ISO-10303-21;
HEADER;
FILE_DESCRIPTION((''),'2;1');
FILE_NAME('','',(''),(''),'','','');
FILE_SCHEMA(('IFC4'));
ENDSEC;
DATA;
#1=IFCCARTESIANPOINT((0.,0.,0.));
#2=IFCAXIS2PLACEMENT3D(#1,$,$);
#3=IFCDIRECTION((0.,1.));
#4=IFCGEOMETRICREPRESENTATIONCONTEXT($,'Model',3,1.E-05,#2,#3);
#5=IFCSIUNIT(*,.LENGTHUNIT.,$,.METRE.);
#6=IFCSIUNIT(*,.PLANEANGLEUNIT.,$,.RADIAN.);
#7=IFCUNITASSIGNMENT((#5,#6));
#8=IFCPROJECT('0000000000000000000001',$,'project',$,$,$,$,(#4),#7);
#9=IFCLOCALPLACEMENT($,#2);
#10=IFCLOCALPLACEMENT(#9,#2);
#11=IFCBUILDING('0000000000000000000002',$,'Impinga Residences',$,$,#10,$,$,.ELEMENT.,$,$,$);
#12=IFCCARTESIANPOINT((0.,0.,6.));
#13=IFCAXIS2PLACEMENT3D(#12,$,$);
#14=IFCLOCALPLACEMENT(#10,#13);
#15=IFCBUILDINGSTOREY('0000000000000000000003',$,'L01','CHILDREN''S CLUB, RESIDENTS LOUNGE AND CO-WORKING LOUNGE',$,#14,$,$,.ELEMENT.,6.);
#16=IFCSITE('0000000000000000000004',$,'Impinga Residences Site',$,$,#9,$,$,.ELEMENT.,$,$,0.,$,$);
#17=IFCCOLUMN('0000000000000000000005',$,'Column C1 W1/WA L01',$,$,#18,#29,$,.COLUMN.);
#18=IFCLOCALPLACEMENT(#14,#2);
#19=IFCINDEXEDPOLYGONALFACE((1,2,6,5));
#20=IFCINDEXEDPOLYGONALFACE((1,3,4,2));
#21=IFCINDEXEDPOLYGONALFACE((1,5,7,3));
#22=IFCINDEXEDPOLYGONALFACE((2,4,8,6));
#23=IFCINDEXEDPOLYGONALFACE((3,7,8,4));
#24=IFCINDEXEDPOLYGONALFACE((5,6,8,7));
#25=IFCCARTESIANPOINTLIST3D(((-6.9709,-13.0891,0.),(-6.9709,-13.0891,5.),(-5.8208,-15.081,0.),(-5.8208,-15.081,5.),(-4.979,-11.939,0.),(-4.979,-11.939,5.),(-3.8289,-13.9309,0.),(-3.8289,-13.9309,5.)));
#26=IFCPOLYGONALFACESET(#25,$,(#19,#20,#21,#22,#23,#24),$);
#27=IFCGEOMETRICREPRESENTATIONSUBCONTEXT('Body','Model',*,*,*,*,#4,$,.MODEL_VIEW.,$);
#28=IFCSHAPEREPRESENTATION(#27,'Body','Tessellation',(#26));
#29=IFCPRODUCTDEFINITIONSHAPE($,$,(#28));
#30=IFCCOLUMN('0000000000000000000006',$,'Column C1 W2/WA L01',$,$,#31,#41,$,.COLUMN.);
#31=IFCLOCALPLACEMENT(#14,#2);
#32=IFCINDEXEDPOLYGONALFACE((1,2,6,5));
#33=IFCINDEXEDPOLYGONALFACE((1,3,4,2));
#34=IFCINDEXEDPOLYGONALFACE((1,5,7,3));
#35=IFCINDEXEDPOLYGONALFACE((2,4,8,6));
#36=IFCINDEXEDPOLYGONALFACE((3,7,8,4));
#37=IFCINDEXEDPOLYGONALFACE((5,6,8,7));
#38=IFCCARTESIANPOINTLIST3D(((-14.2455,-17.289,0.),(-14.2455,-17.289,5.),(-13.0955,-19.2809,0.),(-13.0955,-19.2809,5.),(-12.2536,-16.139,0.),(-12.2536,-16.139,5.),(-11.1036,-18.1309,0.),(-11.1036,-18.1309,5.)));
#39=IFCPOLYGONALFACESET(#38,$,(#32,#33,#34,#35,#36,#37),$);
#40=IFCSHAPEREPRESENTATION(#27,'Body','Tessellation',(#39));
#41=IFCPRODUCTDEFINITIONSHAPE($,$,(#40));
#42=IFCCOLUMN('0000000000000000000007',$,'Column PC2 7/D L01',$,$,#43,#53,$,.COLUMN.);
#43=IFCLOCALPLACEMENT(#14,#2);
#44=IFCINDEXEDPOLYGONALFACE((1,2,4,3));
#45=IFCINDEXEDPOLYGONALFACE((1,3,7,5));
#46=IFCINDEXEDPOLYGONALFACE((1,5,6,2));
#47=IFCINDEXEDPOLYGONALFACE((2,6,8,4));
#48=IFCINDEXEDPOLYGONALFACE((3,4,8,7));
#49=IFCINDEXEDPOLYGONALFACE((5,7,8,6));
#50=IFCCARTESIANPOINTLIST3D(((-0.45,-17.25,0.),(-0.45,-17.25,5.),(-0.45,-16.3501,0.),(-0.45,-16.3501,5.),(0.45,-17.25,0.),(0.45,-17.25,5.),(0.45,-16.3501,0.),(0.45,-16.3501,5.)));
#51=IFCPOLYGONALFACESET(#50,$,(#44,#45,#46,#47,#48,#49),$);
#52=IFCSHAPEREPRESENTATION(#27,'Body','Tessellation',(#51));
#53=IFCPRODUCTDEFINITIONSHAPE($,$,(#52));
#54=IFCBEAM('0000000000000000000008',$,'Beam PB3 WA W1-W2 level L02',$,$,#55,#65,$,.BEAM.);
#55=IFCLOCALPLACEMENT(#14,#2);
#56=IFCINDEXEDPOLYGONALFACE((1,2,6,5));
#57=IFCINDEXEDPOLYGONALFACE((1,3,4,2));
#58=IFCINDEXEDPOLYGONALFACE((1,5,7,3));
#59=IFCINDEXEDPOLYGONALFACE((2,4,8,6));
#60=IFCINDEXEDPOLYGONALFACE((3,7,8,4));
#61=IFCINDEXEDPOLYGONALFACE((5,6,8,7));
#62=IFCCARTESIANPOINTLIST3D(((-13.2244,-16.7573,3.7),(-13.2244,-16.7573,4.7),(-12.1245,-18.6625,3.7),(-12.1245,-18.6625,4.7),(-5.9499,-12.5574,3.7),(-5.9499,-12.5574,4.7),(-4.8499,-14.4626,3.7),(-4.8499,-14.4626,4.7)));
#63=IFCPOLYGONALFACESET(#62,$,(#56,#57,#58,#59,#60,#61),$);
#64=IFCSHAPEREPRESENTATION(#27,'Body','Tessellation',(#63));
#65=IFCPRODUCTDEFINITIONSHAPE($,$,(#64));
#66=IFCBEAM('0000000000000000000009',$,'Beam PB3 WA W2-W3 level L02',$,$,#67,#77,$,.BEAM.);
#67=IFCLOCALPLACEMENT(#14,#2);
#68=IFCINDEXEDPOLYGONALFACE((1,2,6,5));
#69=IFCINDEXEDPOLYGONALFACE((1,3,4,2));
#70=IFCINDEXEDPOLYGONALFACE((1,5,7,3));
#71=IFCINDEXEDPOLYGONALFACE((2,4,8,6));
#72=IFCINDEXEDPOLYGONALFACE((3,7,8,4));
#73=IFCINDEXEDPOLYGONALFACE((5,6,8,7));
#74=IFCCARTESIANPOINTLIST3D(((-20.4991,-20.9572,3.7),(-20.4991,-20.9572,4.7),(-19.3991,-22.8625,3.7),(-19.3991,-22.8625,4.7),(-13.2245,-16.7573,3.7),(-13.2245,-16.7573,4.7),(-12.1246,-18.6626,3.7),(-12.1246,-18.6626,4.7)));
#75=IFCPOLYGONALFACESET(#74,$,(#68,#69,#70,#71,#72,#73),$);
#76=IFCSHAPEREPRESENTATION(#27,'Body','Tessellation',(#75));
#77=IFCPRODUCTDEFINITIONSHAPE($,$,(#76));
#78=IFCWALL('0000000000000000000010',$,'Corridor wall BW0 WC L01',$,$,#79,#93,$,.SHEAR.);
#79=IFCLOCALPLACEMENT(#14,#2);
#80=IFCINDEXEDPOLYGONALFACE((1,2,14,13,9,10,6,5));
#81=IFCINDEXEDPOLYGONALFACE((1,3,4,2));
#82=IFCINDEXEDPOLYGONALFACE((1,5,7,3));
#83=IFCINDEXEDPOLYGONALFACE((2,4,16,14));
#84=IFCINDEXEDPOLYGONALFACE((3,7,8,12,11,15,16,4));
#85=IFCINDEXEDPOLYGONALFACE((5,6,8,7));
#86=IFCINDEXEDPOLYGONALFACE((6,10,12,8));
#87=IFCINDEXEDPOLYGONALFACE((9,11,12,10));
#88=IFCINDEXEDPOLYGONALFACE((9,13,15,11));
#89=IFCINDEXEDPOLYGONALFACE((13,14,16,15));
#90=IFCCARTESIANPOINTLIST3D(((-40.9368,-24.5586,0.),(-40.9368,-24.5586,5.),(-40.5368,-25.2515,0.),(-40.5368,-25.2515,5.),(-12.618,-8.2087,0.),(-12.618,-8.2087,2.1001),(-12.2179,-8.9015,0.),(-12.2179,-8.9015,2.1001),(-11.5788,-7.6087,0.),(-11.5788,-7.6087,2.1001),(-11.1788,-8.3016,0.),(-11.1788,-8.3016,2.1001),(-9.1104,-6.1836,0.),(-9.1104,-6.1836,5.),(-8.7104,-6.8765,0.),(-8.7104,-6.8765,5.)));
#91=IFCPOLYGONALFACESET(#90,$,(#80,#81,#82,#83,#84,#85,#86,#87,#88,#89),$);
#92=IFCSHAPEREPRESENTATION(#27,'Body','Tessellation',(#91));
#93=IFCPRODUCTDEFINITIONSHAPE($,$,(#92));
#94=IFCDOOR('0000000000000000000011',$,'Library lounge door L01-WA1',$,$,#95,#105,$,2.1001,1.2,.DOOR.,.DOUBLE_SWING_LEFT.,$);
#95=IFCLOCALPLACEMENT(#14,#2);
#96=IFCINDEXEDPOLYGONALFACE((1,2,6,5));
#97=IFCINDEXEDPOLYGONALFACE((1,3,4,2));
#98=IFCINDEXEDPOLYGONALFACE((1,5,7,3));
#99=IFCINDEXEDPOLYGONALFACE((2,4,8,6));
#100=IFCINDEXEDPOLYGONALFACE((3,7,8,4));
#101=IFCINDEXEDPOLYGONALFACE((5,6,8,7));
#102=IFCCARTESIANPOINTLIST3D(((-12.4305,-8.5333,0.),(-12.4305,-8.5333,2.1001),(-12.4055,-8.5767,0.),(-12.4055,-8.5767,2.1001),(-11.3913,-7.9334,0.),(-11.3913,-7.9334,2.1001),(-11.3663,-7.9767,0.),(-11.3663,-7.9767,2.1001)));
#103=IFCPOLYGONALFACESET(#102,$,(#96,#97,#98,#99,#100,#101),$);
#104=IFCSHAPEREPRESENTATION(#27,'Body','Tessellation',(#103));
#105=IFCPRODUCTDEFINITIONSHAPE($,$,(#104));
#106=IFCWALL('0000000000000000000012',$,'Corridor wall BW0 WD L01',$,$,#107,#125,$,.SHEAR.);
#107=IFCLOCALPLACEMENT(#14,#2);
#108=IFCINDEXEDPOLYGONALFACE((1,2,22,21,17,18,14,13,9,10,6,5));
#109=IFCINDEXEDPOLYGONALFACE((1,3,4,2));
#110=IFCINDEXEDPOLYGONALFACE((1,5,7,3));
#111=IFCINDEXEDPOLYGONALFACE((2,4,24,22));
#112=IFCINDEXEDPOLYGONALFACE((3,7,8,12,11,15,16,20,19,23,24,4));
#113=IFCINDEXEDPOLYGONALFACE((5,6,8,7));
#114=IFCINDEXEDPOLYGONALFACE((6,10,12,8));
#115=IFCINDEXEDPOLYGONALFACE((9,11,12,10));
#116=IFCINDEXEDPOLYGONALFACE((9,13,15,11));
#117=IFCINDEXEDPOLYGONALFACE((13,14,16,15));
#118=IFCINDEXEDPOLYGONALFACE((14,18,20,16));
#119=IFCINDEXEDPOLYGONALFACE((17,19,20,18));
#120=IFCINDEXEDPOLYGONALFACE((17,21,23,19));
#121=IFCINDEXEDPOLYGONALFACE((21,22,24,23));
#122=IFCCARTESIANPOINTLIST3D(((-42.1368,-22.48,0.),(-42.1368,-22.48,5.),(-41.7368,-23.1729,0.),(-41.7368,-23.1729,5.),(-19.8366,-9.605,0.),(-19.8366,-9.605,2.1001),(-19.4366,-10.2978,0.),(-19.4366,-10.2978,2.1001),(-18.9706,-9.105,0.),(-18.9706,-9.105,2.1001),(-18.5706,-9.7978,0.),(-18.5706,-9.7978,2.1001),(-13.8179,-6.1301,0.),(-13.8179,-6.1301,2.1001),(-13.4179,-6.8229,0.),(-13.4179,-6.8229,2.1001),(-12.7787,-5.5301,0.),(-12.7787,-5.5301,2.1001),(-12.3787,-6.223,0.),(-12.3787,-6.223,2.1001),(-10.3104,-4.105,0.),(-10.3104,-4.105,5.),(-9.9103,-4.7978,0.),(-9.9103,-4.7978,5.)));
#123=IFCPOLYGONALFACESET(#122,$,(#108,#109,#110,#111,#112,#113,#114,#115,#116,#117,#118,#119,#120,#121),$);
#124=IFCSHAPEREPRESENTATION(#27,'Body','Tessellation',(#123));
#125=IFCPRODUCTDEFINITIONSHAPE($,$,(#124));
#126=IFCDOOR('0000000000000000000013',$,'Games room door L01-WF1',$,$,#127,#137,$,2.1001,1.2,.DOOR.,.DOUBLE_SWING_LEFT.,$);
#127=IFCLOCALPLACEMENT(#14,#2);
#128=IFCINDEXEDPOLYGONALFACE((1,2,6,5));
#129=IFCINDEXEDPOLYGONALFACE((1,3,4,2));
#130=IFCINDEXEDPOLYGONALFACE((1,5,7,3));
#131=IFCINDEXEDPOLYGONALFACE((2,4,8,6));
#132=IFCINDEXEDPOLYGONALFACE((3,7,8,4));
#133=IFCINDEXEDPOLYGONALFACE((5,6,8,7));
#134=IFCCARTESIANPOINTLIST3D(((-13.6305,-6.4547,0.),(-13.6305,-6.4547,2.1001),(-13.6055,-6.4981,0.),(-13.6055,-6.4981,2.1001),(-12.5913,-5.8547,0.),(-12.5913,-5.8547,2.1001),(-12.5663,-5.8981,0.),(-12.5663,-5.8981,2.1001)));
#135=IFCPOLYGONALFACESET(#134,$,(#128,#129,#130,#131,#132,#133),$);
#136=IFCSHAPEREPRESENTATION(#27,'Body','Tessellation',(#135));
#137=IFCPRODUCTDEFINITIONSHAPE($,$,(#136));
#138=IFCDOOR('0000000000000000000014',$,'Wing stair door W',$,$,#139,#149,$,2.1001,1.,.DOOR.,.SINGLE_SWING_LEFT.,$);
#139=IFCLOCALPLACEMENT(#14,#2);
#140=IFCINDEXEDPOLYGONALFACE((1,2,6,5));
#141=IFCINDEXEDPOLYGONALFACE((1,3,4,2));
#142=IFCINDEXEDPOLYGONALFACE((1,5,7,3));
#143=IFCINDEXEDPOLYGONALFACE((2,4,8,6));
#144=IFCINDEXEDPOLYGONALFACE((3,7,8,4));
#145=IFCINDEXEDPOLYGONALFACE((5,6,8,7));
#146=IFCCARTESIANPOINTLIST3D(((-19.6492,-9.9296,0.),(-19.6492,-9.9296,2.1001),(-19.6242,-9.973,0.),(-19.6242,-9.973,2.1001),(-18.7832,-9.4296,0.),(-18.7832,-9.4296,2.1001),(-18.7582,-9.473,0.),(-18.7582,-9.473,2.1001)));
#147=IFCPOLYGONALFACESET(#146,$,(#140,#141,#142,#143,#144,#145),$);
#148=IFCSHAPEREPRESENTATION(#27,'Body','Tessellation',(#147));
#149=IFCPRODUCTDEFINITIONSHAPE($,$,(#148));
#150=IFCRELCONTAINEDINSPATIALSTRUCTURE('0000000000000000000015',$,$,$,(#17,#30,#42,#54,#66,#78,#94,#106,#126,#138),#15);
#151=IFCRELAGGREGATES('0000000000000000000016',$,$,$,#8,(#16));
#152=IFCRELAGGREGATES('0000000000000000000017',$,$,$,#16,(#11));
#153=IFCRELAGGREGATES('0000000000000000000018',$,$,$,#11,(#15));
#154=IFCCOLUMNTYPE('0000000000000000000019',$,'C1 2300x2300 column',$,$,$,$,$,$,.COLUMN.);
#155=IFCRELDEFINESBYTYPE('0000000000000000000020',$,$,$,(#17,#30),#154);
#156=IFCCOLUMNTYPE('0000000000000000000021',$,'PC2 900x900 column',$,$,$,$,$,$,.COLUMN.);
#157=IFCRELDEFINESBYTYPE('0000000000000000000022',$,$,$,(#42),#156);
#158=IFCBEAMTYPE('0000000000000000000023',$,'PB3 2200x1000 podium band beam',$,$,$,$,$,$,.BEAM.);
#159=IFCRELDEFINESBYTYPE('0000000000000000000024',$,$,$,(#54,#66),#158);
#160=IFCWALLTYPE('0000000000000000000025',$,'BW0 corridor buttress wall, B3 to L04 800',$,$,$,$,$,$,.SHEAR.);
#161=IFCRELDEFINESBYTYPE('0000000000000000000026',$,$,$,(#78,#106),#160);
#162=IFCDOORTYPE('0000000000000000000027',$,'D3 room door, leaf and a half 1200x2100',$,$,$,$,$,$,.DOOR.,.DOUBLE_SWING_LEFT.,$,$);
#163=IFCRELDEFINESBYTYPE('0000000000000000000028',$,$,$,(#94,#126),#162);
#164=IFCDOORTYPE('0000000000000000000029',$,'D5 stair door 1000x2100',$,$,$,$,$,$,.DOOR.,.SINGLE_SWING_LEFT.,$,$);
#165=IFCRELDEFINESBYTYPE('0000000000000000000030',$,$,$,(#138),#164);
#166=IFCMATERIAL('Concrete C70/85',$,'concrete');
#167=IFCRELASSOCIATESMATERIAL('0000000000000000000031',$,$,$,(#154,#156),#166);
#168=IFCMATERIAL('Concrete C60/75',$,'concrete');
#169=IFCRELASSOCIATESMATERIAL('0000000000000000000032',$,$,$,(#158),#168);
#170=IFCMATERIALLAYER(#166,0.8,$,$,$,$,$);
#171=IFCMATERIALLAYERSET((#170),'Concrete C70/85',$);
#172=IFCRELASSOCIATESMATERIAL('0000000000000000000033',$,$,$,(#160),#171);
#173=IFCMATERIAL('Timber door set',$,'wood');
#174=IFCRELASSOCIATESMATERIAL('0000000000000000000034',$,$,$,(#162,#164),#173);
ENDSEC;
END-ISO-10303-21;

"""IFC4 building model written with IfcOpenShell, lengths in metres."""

from ifc_helpers import new_model, si_unit, direction, frame, frame_2d, origin, origin_2d, place, context, subcontext, project, spatial, rectangle, extrude, material, layer, layer_set, material_profile, profile_set, type_object, element, fill, save


model = new_model("IFC4")

# Units and contexts
model_context = context("Model", 3, precision=1e-05, world=origin(), true_north=direction((0.0, 1.0)))
body_context = subcontext(model_context, "Body", "Model", "MODEL_VIEW")
ifc_project = project(units=[si_unit("LENGTHUNIT", "METRE"), si_unit("PLANEANGLEUNIT", "RADIAN")], contexts=[model_context])

# Site, building, storey
site_placement = place(None, origin())
site = spatial("IfcSite", under=ifc_project, at=site_placement, Name="Impinga Residences Site", CompositionType="ELEMENT", RefElevation=0.0)
building_placement = place(site_placement, origin())
building = spatial("IfcBuilding", under=site, at=building_placement, Name="Impinga Residences", CompositionType="ELEMENT")
storey_placement = place(building_placement, frame((0.0, 0.0, 6.0)))
storey = spatial("IfcBuildingStorey", under=building, at=storey_placement, Name="L01", Description="CHILDREN'S CLUB, RESIDENTS LOUNGE AND CO-WORKING LOUNGE", CompositionType="ELEMENT", Elevation=6.0)

# Columns
ifc_material_1 = material(Name="Concrete C70/85", Category="concrete")
ifc_material_profile_1 = material_profile(ifc_material_1, rectangle(XDim=2.3, YDim=2.3, at=origin_2d()), Name="RC 2300x2300")
ifc_profile_set_1 = profile_set([ifc_material_profile_1], Name="Concrete C70/85")
column_type_1 = type_object("IfcColumnType", Name="C1 2300x2300 column", PredefinedType="COLUMN", material=ifc_profile_set_1)
for number, where, z_axis, x_axis, name in (
    (1, (-5.3999, -13.51, 0.0), (0.0, 0.0, 1.0), (-0.5, 0.866025, 0.0), "Column C1 W1/WA L01"),
    (2, (-12.6746, -17.71, 0.0), (0.0, 0.0, 1.0), (-0.5, 0.866025, 0.0), "Column C1 W2/WA L01"),
):
    element("IfcColumn", number, at=place(storey_placement, frame(where, z_axis=z_axis, x_axis=x_axis)), inside=storey, type_object=column_type_1, Name=name, PredefinedType="COLUMN", context=body_context, shape_type="SweptSolid", body=[
        extrude(rectangle(XDim=2.3, YDim=2.3, at=origin_2d()), origin(), (0.0, 0.0, 1.0), 5.0),
    ])
ifc_material_profile_2 = material_profile(ifc_material_1, rectangle(XDim=0.8999, YDim=0.8999, at=origin_2d()), Name="RC 900x900")
ifc_profile_set_2 = profile_set([ifc_material_profile_2], Name="Concrete C70/85")
column_type_2 = type_object("IfcColumnType", Name="PC2 900x900 column", PredefinedType="COLUMN", material=ifc_profile_set_2)
column_placement = place(storey_placement, frame((0.0, -16.8, 0.0), z_axis=(0.0, 0.0, 1.0), x_axis=(1.0, 0.0, 0.0)))
element("IfcColumn", 3, at=column_placement, inside=storey, type_object=column_type_2, Name="Column PC2 7/D L01", PredefinedType="COLUMN", context=body_context, shape_type="SweptSolid", body=[
    extrude(rectangle(XDim=0.8999, YDim=0.8999, at=origin_2d()), origin(), (0.0, 0.0, 1.0), 5.0),
])

# Beams
ifc_material_2 = material(Name="Concrete C60/75", Category="concrete")
ifc_material_profile_3 = material_profile(ifc_material_2, rectangle(XDim=2.2, YDim=1.0, at=origin_2d()), Name="RC 2200x1000")
ifc_profile_set_3 = profile_set([ifc_material_profile_3], Name="Concrete C60/75")
beam_type = type_object("IfcBeamType", Name="PB3 2200x1000 podium band beam", PredefinedType="BEAM", material=ifc_profile_set_3)
for number, where, z_axis, x_axis, name in (
    (4, (-5.3999, -13.51, 4.2), (-0.866029, -0.499993, 0.0), (0.499993, -0.866029, 0.0), "Beam PB3 WA W1-W2 level L02"),
    (5, (-12.6746, -17.71, 4.2), (-0.866029, -0.499993, 0.0), (0.499993, -0.866029, 0.0), "Beam PB3 WA W2-W3 level L02"),
):
    element("IfcBeam", number, at=place(storey_placement, frame(where, z_axis=z_axis, x_axis=x_axis)), inside=storey, type_object=beam_type, Name=name, PredefinedType="BEAM", context=body_context, shape_type="SweptSolid", body=[
        extrude(rectangle(XDim=2.2, YDim=1.0, at=origin_2d()), origin(), (0.0, 0.0, 1.0), 8.3999),
    ])

# Wall, opening, door
ifc_layer_1 = layer(ifc_material_1, 0.8)
ifc_layer_set_1 = layer_set([ifc_layer_1], Name="Concrete C70/85")
wall_type_1 = type_object("IfcWallType", Name="BW0 corridor buttress wall, B3 to L04 800", PredefinedType="SHEAR", material=ifc_layer_set_1)
wall_1_placement = place(storey_placement, frame((-8.9104, -6.53, 0.0), z_axis=(0.0, 0.0, 1.0), x_axis=(-0.866025, -0.5, 0.0)))
wall_1 = element("IfcWall", 6, at=wall_1_placement, inside=storey, type_object=wall_type_1, Name="Corridor wall BW0 WC L01", PredefinedType="SHEAR", context=body_context, shape_type="SweptSolid", body=[
    extrude(rectangle(XDim=36.75, YDim=0.8, at=frame_2d((18.375, 0.0))), origin(), (0.0, 0.0, 1.0), 5.0),
])
opening_1_placement = place(wall_1_placement, frame((2.8501, 0.0, 0.0)))
opening_1 = element("IfcOpeningElement", 7, at=opening_1_placement, cuts=wall_1, PredefinedType="OPENING", context=body_context, shape_type="SweptSolid", body=[
    extrude(rectangle(XDim=1.2, YDim=2.1001, at=frame_2d((0.6001, 1.05))), frame((0.0, 0.4099, 0.0), z_axis=(0.0, -1.0, 0.0), x_axis=(1.0, 0.0, 0.0)), (0.0, 0.0, 1.0), 0.8201),
])
ifc_material_3 = material(Name="Timber door set", Category="wood")
door_type_1 = type_object("IfcDoorType", Name="D3 room door, leaf and a half 1200x2100", OperationType="DOUBLE_SWING_LEFT", PredefinedType="DOOR", material=ifc_material_3)
door_1_placement = place(opening_1_placement, origin())
door_1 = element("IfcDoor", 8, at=door_1_placement, inside=storey, type_object=door_type_1, Name="Library lounge door L01-WA1", OperationType="DOUBLE_SWING_LEFT", OverallHeight=2.1001, OverallWidth=1.2, PredefinedType="DOOR", context=body_context, shape_type="SweptSolid", body=[
    extrude(rectangle(XDim=1.2, YDim=2.1001, at=frame_2d((0.6001, 1.05))), frame((0.0, 0.0249, 0.0), z_axis=(0.0, -1.0, 0.0), x_axis=(1.0, 0.0, 0.0)), (0.0, 0.0, 1.0), 0.05),
])
fill(opening_1, door_1)

# Wall, openings, doors
wall_2_placement = place(storey_placement, frame((-10.1104, -4.4514, 0.0), z_axis=(0.0, 0.0, 1.0), x_axis=(-0.866025, -0.5, 0.0)))
wall_2 = element("IfcWall", 9, at=wall_2_placement, inside=storey, type_object=wall_type_1, Name="Corridor wall BW0 WD L01", PredefinedType="SHEAR", context=body_context, shape_type="SweptSolid", body=[
    extrude(rectangle(XDim=36.75, YDim=0.8, at=frame_2d((18.375, 0.0))), origin(), (0.0, 0.0, 1.0), 5.0),
])
opening_2_placement = place(wall_2_placement, frame((10.0, 0.0, 0.0)))
opening_2 = element("IfcOpeningElement", 10, at=opening_2_placement, cuts=wall_2, PredefinedType="OPENING", context=body_context, shape_type="SweptSolid", body=[
    extrude(rectangle(XDim=1.0, YDim=2.1001, at=frame_2d((0.5, 1.05))), frame((0.0, 0.4099, 0.0), z_axis=(0.0, -1.0, 0.0), x_axis=(1.0, 0.0, 0.0)), (0.0, 0.0, 1.0), 0.8201),
])
opening_3_placement = place(wall_2_placement, frame((2.8501, 0.0, 0.0)))
opening_3 = element("IfcOpeningElement", 11, at=opening_3_placement, cuts=wall_2, PredefinedType="OPENING", context=body_context, shape_type="SweptSolid", body=[
    extrude(rectangle(XDim=1.2, YDim=2.1001, at=frame_2d((0.6001, 1.05))), frame((0.0, 0.4099, 0.0), z_axis=(0.0, -1.0, 0.0), x_axis=(1.0, 0.0, 0.0)), (0.0, 0.0, 1.0), 0.8201),
])
door_2_placement = place(opening_3_placement, origin())
door_2 = element("IfcDoor", 12, at=door_2_placement, inside=storey, type_object=door_type_1, Name="Games room door L01-WF1", OperationType="DOUBLE_SWING_LEFT", OverallHeight=2.1001, OverallWidth=1.2, PredefinedType="DOOR", context=body_context, shape_type="SweptSolid", body=[
    extrude(rectangle(XDim=1.2, YDim=2.1001, at=frame_2d((0.6001, 1.05))), frame((0.0, 0.0249, 0.0), z_axis=(0.0, -1.0, 0.0), x_axis=(1.0, 0.0, 0.0)), (0.0, 0.0, 1.0), 0.05),
])
fill(opening_3, door_2)
door_type_2 = type_object("IfcDoorType", Name="D5 stair door 1000x2100", OperationType="SINGLE_SWING_LEFT", PredefinedType="DOOR", material=ifc_material_3)
door_3_placement = place(opening_2_placement, origin())
door_3 = element("IfcDoor", 13, at=door_3_placement, inside=storey, type_object=door_type_2, Name="Wing stair door W", OperationType="SINGLE_SWING_LEFT", OverallHeight=2.1001, OverallWidth=1.0, PredefinedType="DOOR", context=body_context, shape_type="SweptSolid", body=[
    extrude(rectangle(XDim=1.0, YDim=2.1001, at=frame_2d((0.5, 1.05))), frame((0.0, 0.0249, 0.0), z_axis=(0.0, -1.0, 0.0), x_axis=(1.0, 0.0, 0.0)), (0.0, 0.0, 1.0), 0.05),
])
fill(opening_2, door_3)

save(model, "model.ifc")
